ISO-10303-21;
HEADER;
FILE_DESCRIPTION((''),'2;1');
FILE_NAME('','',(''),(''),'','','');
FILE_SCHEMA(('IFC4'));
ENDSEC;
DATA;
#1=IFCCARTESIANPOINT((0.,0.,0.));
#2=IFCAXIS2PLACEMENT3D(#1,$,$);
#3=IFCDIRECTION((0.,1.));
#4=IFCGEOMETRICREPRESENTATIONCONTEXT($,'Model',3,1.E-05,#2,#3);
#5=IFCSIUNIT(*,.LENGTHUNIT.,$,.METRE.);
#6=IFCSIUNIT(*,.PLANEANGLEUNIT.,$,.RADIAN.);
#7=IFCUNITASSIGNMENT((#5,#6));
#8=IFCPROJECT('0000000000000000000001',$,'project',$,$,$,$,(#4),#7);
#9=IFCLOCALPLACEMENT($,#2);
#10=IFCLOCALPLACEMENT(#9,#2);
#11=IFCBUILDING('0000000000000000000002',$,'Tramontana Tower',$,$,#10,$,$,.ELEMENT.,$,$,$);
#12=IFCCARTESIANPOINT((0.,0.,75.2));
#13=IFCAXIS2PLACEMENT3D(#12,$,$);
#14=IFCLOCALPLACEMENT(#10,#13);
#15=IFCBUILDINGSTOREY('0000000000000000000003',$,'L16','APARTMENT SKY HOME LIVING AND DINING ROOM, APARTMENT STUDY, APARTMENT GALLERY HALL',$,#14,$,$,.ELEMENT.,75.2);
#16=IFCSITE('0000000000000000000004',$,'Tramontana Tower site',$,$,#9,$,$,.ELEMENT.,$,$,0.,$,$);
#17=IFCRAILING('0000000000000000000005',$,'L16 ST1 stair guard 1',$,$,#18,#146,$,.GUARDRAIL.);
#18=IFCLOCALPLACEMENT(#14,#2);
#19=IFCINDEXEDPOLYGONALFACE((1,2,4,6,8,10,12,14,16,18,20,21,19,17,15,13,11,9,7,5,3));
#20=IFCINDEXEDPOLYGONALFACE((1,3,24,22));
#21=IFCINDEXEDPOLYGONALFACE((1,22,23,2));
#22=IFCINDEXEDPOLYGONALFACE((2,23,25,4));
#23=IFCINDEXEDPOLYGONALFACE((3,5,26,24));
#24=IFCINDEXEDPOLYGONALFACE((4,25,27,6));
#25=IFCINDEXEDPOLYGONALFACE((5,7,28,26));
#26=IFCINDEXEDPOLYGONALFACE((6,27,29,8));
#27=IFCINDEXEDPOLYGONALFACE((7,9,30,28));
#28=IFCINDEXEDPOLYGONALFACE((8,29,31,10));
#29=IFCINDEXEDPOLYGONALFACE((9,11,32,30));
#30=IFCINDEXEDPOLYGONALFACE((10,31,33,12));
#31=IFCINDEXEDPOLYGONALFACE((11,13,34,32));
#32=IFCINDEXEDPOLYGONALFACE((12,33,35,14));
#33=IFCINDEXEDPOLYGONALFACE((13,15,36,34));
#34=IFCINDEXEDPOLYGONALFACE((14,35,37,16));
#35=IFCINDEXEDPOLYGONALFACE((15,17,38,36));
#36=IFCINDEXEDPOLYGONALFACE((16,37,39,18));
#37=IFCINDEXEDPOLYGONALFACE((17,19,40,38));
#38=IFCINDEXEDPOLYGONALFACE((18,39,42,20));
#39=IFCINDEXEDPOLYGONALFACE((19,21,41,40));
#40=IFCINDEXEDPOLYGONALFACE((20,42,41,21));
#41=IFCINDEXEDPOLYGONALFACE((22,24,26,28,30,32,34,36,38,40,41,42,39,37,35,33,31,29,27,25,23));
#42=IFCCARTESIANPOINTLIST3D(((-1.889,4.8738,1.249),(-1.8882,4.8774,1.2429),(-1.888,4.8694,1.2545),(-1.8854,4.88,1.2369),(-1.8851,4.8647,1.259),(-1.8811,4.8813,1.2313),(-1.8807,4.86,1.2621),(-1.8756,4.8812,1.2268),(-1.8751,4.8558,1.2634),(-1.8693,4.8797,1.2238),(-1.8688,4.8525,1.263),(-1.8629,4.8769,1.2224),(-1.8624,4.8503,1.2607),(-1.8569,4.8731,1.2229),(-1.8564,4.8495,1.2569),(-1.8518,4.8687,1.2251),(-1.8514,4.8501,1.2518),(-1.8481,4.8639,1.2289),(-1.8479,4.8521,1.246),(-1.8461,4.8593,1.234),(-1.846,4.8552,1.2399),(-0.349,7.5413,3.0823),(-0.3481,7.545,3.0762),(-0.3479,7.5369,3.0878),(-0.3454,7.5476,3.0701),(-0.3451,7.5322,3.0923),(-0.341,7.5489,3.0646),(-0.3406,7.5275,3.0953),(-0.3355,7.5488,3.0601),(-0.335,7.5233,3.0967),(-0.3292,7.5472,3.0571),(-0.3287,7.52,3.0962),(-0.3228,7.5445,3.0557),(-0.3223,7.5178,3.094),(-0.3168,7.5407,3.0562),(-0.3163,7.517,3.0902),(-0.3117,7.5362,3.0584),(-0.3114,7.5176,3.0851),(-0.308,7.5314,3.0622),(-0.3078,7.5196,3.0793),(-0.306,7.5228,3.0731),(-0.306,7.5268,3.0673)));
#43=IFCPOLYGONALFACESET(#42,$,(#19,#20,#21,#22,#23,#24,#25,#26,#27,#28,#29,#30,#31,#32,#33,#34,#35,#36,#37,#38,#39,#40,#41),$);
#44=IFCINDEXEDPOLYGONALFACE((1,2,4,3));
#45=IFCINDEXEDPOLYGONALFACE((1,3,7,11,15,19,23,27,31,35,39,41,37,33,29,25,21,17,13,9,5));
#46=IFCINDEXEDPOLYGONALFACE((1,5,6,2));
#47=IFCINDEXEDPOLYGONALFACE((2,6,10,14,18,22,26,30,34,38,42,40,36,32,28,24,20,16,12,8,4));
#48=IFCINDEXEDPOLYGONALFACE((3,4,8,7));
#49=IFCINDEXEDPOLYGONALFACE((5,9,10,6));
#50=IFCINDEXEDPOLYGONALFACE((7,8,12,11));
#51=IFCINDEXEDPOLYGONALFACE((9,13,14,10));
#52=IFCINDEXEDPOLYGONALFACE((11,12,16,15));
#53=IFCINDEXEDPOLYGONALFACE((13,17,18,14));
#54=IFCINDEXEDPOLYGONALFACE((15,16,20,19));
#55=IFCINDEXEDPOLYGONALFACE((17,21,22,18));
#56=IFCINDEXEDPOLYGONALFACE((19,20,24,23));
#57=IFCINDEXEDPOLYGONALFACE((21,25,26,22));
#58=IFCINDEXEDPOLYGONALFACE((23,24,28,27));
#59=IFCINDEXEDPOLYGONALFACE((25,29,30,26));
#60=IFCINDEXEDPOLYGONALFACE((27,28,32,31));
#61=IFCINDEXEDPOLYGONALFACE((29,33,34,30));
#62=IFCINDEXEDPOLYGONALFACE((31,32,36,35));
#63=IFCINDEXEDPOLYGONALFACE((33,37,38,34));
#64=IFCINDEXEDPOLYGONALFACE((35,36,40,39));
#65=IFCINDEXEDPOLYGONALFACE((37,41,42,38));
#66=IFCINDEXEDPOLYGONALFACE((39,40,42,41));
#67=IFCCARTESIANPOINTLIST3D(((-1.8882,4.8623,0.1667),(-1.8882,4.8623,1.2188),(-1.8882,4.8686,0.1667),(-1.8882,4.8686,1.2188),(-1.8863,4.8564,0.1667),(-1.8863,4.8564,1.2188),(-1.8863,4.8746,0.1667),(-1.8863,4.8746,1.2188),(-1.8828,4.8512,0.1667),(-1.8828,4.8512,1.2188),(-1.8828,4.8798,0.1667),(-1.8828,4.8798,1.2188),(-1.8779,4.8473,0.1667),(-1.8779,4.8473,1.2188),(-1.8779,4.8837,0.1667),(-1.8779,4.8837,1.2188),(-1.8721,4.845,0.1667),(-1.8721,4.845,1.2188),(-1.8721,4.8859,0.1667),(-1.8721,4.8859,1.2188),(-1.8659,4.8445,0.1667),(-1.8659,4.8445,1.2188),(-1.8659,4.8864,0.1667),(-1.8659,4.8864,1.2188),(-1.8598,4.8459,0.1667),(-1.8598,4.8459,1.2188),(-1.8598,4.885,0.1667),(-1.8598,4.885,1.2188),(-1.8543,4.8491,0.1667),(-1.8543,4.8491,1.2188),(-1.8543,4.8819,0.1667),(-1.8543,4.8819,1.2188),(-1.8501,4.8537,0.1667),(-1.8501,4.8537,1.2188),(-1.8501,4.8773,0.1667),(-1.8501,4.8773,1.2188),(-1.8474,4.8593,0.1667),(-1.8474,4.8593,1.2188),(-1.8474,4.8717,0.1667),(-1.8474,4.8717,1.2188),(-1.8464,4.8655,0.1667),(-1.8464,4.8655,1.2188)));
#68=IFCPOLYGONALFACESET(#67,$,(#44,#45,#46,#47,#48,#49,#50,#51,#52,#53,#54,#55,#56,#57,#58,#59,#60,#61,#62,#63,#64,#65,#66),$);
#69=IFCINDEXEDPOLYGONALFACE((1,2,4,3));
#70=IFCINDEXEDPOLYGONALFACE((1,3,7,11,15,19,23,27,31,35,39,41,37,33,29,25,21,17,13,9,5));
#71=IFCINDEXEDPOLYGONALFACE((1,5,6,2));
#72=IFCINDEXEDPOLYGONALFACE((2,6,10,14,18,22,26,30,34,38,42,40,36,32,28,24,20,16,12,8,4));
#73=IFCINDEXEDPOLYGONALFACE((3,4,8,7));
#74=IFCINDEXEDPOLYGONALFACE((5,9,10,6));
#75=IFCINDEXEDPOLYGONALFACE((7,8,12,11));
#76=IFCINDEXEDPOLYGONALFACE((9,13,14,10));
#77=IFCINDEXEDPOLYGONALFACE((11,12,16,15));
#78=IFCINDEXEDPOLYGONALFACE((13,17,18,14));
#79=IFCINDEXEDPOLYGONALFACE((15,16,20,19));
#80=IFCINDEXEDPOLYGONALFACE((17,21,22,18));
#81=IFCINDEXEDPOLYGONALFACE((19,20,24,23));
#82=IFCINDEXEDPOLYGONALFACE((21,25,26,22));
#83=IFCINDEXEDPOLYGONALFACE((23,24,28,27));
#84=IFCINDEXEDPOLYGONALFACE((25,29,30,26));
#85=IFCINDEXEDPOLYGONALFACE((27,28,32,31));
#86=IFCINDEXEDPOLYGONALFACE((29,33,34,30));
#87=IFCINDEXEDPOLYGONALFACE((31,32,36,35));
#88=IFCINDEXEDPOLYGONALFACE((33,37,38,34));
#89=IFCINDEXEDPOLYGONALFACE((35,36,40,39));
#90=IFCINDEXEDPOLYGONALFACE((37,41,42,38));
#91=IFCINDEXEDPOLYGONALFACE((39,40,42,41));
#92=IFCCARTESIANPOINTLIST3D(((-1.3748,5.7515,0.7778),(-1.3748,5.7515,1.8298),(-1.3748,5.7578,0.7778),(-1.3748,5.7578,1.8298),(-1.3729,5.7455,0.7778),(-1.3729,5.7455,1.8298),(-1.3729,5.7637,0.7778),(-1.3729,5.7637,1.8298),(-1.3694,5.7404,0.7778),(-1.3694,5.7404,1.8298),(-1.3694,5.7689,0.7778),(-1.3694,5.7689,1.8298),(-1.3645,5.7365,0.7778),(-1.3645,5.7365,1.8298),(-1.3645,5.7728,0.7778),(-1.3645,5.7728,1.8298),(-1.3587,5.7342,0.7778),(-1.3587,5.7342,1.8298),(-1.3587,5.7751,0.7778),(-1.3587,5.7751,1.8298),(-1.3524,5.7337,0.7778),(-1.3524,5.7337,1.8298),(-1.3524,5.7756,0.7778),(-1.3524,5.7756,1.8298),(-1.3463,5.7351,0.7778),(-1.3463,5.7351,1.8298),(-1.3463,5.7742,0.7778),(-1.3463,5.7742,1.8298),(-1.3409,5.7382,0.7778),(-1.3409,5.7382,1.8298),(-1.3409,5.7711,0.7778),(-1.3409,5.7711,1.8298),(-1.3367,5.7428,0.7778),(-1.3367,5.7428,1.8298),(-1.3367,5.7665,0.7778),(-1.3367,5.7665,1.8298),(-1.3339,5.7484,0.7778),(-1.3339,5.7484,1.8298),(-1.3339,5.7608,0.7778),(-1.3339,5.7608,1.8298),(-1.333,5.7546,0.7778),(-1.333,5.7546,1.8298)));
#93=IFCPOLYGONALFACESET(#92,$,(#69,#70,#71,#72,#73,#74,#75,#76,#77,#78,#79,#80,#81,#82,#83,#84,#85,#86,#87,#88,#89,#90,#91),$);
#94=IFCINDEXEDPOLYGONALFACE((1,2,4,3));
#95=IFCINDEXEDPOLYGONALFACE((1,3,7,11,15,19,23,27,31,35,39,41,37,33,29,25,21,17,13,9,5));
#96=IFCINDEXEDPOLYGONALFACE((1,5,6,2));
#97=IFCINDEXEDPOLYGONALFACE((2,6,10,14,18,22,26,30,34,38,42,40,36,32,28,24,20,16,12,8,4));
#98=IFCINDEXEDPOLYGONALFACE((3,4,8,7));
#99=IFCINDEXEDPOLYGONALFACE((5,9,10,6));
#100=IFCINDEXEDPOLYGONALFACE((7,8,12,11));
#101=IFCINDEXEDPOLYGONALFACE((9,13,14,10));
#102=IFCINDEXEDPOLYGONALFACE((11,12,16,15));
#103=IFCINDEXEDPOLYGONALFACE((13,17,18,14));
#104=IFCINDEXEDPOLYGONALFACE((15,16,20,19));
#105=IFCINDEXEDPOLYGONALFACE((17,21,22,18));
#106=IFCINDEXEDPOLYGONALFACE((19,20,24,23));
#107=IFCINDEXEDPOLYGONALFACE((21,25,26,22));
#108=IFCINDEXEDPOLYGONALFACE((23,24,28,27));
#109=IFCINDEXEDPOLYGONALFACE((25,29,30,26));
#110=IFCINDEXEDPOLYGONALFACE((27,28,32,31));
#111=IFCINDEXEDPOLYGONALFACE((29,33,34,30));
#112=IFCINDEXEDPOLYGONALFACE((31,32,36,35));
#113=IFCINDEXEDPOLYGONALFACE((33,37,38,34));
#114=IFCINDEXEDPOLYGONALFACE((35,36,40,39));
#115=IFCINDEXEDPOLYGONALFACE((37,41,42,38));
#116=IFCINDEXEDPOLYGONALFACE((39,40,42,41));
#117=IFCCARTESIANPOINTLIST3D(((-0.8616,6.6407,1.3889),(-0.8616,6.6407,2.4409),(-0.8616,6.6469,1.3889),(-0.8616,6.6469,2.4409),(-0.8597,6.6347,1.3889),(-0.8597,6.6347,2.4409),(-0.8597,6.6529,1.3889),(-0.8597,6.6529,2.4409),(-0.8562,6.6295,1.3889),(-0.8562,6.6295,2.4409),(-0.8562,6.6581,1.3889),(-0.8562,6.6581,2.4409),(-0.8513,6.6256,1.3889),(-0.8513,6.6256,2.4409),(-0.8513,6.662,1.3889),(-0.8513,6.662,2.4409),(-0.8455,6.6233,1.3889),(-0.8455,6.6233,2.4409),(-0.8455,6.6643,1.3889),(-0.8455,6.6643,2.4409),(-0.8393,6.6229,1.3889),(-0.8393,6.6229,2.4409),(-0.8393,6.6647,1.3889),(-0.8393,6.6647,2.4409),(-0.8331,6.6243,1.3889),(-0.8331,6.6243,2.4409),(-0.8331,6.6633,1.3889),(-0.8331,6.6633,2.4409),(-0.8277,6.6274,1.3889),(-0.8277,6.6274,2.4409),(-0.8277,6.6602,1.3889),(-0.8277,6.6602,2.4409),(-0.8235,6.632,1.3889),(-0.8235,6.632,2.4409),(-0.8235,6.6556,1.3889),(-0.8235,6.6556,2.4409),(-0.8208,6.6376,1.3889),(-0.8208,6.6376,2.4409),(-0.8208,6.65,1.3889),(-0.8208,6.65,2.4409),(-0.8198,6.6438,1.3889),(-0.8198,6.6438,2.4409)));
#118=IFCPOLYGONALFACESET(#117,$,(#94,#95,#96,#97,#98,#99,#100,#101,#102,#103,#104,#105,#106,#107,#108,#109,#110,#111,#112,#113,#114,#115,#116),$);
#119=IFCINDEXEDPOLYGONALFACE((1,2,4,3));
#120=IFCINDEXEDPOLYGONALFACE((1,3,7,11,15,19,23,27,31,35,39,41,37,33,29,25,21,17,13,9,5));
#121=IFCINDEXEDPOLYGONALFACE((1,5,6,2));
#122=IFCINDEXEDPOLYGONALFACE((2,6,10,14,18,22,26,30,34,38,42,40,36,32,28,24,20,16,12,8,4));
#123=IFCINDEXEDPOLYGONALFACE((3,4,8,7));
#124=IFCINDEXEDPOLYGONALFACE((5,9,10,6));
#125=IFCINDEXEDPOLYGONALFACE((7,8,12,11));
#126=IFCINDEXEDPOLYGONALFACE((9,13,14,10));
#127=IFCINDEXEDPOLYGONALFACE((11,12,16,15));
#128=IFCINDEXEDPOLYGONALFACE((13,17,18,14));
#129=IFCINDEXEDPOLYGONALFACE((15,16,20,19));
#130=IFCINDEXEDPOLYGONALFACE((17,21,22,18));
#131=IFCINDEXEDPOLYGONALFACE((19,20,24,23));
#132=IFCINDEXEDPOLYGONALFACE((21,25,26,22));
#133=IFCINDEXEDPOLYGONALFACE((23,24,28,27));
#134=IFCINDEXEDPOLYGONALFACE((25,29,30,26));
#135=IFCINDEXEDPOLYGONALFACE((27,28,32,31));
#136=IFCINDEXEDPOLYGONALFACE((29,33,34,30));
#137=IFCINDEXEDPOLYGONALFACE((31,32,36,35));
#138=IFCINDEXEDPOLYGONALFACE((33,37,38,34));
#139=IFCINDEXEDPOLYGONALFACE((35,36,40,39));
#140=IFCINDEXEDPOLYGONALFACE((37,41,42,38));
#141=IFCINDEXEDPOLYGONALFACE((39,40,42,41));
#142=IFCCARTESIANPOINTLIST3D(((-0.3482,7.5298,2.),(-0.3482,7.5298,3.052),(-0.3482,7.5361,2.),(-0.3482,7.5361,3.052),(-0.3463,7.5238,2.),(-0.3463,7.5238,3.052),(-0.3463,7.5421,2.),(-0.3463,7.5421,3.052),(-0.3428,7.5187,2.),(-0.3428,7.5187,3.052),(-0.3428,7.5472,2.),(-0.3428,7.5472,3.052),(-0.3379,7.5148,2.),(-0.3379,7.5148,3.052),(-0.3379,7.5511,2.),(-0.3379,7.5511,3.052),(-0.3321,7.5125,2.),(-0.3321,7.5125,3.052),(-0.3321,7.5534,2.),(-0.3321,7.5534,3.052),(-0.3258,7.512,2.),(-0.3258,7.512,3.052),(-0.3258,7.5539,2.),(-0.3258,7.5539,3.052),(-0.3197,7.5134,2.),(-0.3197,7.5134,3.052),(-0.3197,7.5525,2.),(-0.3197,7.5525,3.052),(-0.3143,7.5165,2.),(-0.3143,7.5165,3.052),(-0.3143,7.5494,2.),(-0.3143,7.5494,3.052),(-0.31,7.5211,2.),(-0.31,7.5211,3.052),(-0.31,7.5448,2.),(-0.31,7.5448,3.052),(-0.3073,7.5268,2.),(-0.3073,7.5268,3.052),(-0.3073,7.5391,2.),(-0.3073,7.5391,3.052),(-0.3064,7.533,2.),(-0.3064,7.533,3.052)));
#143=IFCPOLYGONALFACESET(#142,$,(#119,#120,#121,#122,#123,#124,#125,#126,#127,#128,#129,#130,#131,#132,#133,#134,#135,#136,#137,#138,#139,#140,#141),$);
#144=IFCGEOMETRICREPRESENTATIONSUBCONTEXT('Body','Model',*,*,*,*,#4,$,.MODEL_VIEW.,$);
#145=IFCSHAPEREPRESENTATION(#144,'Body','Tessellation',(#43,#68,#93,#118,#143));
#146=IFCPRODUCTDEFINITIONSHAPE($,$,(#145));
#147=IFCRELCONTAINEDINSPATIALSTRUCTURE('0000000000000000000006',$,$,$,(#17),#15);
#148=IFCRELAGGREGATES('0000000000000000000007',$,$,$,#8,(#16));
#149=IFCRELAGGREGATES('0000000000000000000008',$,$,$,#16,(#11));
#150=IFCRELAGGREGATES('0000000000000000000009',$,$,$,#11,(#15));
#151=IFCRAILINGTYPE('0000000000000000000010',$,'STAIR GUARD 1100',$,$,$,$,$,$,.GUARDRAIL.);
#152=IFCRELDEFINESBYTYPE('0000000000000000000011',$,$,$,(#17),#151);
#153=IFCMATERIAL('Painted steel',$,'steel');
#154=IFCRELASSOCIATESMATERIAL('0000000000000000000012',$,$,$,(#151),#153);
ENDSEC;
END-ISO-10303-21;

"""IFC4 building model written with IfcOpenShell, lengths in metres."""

from ifc_helpers import new_model, si_unit, direction, frame, origin, origin_2d, place, context, subcontext, project, spatial, circle, extrude, material, type_object, element, save


model = new_model("IFC4")

# Units and contexts
model_context = context("Model", 3, precision=1e-05, world=origin(), true_north=direction((0.0, 1.0)))
body_context = subcontext(model_context, "Body", "Model", "MODEL_VIEW")
ifc_project = project(units=[si_unit("LENGTHUNIT", "METRE"), si_unit("PLANEANGLEUNIT", "RADIAN")], contexts=[model_context])

# Site, building, storey
site_placement = place(None, origin())
site = spatial("IfcSite", under=ifc_project, at=site_placement, Name="Tramontana Tower site", CompositionType="ELEMENT", RefElevation=0.0)
building_placement = place(site_placement, origin())
building = spatial("IfcBuilding", under=site, at=building_placement, Name="Tramontana Tower", CompositionType="ELEMENT")
storey_placement = place(building_placement, frame((0.0, 0.0, 75.2)))
storey = spatial("IfcBuildingStorey", under=building, at=storey_placement, Name="L16", Description="APARTMENT SKY HOME LIVING AND DINING ROOM, APARTMENT STUDY, APARTMENT GALLERY HALL", CompositionType="ELEMENT", Elevation=75.2)

# Railing
ifc_material_1 = material(Name="Painted steel", Category="steel")
railing_type_1 = type_object("IfcRailingType", Name="STAIR GUARD 1100", PredefinedType="GUARDRAIL", material=ifc_material_1)
railing_1_placement = place(storey_placement, frame((-1.8674, 4.8655, 0.1667)))
element("IfcRailing", 1, at=railing_1_placement, inside=storey, type_object=railing_type_1, Name="L16 ST1 stair guard 1", PredefinedType="GUARDRAIL", context=body_context, shape_type="SweptSolid", body=[
    extrude(circle(Radius=0.0239, at=origin_2d()), frame((0.0, 0.0, 1.0762), z_axis=(0.429649, 0.74419, 0.511452), x_axis=(-0.86603, 0.499992, 0.0)), (0.0, 0.0, 1.0), 3.5845),
    extrude(circle(Radius=0.021, at=origin_2d()), origin(), (0.0, 0.0, 1.0), 1.052),
    extrude(circle(Radius=0.021, at=origin_2d()), frame((0.5134, 0.8892, 0.6111)), (0.0, 0.0, 1.0), 1.052),
    extrude(circle(Radius=0.021, at=origin_2d()), frame((1.0266, 1.7783, 1.2222)), (0.0, 0.0, 1.0), 1.052),
    extrude(circle(Radius=0.021, at=origin_2d()), frame((1.54, 2.6675, 1.8333)), (0.0, 0.0, 1.0), 1.052),
])

save(model, "model.ifc")
